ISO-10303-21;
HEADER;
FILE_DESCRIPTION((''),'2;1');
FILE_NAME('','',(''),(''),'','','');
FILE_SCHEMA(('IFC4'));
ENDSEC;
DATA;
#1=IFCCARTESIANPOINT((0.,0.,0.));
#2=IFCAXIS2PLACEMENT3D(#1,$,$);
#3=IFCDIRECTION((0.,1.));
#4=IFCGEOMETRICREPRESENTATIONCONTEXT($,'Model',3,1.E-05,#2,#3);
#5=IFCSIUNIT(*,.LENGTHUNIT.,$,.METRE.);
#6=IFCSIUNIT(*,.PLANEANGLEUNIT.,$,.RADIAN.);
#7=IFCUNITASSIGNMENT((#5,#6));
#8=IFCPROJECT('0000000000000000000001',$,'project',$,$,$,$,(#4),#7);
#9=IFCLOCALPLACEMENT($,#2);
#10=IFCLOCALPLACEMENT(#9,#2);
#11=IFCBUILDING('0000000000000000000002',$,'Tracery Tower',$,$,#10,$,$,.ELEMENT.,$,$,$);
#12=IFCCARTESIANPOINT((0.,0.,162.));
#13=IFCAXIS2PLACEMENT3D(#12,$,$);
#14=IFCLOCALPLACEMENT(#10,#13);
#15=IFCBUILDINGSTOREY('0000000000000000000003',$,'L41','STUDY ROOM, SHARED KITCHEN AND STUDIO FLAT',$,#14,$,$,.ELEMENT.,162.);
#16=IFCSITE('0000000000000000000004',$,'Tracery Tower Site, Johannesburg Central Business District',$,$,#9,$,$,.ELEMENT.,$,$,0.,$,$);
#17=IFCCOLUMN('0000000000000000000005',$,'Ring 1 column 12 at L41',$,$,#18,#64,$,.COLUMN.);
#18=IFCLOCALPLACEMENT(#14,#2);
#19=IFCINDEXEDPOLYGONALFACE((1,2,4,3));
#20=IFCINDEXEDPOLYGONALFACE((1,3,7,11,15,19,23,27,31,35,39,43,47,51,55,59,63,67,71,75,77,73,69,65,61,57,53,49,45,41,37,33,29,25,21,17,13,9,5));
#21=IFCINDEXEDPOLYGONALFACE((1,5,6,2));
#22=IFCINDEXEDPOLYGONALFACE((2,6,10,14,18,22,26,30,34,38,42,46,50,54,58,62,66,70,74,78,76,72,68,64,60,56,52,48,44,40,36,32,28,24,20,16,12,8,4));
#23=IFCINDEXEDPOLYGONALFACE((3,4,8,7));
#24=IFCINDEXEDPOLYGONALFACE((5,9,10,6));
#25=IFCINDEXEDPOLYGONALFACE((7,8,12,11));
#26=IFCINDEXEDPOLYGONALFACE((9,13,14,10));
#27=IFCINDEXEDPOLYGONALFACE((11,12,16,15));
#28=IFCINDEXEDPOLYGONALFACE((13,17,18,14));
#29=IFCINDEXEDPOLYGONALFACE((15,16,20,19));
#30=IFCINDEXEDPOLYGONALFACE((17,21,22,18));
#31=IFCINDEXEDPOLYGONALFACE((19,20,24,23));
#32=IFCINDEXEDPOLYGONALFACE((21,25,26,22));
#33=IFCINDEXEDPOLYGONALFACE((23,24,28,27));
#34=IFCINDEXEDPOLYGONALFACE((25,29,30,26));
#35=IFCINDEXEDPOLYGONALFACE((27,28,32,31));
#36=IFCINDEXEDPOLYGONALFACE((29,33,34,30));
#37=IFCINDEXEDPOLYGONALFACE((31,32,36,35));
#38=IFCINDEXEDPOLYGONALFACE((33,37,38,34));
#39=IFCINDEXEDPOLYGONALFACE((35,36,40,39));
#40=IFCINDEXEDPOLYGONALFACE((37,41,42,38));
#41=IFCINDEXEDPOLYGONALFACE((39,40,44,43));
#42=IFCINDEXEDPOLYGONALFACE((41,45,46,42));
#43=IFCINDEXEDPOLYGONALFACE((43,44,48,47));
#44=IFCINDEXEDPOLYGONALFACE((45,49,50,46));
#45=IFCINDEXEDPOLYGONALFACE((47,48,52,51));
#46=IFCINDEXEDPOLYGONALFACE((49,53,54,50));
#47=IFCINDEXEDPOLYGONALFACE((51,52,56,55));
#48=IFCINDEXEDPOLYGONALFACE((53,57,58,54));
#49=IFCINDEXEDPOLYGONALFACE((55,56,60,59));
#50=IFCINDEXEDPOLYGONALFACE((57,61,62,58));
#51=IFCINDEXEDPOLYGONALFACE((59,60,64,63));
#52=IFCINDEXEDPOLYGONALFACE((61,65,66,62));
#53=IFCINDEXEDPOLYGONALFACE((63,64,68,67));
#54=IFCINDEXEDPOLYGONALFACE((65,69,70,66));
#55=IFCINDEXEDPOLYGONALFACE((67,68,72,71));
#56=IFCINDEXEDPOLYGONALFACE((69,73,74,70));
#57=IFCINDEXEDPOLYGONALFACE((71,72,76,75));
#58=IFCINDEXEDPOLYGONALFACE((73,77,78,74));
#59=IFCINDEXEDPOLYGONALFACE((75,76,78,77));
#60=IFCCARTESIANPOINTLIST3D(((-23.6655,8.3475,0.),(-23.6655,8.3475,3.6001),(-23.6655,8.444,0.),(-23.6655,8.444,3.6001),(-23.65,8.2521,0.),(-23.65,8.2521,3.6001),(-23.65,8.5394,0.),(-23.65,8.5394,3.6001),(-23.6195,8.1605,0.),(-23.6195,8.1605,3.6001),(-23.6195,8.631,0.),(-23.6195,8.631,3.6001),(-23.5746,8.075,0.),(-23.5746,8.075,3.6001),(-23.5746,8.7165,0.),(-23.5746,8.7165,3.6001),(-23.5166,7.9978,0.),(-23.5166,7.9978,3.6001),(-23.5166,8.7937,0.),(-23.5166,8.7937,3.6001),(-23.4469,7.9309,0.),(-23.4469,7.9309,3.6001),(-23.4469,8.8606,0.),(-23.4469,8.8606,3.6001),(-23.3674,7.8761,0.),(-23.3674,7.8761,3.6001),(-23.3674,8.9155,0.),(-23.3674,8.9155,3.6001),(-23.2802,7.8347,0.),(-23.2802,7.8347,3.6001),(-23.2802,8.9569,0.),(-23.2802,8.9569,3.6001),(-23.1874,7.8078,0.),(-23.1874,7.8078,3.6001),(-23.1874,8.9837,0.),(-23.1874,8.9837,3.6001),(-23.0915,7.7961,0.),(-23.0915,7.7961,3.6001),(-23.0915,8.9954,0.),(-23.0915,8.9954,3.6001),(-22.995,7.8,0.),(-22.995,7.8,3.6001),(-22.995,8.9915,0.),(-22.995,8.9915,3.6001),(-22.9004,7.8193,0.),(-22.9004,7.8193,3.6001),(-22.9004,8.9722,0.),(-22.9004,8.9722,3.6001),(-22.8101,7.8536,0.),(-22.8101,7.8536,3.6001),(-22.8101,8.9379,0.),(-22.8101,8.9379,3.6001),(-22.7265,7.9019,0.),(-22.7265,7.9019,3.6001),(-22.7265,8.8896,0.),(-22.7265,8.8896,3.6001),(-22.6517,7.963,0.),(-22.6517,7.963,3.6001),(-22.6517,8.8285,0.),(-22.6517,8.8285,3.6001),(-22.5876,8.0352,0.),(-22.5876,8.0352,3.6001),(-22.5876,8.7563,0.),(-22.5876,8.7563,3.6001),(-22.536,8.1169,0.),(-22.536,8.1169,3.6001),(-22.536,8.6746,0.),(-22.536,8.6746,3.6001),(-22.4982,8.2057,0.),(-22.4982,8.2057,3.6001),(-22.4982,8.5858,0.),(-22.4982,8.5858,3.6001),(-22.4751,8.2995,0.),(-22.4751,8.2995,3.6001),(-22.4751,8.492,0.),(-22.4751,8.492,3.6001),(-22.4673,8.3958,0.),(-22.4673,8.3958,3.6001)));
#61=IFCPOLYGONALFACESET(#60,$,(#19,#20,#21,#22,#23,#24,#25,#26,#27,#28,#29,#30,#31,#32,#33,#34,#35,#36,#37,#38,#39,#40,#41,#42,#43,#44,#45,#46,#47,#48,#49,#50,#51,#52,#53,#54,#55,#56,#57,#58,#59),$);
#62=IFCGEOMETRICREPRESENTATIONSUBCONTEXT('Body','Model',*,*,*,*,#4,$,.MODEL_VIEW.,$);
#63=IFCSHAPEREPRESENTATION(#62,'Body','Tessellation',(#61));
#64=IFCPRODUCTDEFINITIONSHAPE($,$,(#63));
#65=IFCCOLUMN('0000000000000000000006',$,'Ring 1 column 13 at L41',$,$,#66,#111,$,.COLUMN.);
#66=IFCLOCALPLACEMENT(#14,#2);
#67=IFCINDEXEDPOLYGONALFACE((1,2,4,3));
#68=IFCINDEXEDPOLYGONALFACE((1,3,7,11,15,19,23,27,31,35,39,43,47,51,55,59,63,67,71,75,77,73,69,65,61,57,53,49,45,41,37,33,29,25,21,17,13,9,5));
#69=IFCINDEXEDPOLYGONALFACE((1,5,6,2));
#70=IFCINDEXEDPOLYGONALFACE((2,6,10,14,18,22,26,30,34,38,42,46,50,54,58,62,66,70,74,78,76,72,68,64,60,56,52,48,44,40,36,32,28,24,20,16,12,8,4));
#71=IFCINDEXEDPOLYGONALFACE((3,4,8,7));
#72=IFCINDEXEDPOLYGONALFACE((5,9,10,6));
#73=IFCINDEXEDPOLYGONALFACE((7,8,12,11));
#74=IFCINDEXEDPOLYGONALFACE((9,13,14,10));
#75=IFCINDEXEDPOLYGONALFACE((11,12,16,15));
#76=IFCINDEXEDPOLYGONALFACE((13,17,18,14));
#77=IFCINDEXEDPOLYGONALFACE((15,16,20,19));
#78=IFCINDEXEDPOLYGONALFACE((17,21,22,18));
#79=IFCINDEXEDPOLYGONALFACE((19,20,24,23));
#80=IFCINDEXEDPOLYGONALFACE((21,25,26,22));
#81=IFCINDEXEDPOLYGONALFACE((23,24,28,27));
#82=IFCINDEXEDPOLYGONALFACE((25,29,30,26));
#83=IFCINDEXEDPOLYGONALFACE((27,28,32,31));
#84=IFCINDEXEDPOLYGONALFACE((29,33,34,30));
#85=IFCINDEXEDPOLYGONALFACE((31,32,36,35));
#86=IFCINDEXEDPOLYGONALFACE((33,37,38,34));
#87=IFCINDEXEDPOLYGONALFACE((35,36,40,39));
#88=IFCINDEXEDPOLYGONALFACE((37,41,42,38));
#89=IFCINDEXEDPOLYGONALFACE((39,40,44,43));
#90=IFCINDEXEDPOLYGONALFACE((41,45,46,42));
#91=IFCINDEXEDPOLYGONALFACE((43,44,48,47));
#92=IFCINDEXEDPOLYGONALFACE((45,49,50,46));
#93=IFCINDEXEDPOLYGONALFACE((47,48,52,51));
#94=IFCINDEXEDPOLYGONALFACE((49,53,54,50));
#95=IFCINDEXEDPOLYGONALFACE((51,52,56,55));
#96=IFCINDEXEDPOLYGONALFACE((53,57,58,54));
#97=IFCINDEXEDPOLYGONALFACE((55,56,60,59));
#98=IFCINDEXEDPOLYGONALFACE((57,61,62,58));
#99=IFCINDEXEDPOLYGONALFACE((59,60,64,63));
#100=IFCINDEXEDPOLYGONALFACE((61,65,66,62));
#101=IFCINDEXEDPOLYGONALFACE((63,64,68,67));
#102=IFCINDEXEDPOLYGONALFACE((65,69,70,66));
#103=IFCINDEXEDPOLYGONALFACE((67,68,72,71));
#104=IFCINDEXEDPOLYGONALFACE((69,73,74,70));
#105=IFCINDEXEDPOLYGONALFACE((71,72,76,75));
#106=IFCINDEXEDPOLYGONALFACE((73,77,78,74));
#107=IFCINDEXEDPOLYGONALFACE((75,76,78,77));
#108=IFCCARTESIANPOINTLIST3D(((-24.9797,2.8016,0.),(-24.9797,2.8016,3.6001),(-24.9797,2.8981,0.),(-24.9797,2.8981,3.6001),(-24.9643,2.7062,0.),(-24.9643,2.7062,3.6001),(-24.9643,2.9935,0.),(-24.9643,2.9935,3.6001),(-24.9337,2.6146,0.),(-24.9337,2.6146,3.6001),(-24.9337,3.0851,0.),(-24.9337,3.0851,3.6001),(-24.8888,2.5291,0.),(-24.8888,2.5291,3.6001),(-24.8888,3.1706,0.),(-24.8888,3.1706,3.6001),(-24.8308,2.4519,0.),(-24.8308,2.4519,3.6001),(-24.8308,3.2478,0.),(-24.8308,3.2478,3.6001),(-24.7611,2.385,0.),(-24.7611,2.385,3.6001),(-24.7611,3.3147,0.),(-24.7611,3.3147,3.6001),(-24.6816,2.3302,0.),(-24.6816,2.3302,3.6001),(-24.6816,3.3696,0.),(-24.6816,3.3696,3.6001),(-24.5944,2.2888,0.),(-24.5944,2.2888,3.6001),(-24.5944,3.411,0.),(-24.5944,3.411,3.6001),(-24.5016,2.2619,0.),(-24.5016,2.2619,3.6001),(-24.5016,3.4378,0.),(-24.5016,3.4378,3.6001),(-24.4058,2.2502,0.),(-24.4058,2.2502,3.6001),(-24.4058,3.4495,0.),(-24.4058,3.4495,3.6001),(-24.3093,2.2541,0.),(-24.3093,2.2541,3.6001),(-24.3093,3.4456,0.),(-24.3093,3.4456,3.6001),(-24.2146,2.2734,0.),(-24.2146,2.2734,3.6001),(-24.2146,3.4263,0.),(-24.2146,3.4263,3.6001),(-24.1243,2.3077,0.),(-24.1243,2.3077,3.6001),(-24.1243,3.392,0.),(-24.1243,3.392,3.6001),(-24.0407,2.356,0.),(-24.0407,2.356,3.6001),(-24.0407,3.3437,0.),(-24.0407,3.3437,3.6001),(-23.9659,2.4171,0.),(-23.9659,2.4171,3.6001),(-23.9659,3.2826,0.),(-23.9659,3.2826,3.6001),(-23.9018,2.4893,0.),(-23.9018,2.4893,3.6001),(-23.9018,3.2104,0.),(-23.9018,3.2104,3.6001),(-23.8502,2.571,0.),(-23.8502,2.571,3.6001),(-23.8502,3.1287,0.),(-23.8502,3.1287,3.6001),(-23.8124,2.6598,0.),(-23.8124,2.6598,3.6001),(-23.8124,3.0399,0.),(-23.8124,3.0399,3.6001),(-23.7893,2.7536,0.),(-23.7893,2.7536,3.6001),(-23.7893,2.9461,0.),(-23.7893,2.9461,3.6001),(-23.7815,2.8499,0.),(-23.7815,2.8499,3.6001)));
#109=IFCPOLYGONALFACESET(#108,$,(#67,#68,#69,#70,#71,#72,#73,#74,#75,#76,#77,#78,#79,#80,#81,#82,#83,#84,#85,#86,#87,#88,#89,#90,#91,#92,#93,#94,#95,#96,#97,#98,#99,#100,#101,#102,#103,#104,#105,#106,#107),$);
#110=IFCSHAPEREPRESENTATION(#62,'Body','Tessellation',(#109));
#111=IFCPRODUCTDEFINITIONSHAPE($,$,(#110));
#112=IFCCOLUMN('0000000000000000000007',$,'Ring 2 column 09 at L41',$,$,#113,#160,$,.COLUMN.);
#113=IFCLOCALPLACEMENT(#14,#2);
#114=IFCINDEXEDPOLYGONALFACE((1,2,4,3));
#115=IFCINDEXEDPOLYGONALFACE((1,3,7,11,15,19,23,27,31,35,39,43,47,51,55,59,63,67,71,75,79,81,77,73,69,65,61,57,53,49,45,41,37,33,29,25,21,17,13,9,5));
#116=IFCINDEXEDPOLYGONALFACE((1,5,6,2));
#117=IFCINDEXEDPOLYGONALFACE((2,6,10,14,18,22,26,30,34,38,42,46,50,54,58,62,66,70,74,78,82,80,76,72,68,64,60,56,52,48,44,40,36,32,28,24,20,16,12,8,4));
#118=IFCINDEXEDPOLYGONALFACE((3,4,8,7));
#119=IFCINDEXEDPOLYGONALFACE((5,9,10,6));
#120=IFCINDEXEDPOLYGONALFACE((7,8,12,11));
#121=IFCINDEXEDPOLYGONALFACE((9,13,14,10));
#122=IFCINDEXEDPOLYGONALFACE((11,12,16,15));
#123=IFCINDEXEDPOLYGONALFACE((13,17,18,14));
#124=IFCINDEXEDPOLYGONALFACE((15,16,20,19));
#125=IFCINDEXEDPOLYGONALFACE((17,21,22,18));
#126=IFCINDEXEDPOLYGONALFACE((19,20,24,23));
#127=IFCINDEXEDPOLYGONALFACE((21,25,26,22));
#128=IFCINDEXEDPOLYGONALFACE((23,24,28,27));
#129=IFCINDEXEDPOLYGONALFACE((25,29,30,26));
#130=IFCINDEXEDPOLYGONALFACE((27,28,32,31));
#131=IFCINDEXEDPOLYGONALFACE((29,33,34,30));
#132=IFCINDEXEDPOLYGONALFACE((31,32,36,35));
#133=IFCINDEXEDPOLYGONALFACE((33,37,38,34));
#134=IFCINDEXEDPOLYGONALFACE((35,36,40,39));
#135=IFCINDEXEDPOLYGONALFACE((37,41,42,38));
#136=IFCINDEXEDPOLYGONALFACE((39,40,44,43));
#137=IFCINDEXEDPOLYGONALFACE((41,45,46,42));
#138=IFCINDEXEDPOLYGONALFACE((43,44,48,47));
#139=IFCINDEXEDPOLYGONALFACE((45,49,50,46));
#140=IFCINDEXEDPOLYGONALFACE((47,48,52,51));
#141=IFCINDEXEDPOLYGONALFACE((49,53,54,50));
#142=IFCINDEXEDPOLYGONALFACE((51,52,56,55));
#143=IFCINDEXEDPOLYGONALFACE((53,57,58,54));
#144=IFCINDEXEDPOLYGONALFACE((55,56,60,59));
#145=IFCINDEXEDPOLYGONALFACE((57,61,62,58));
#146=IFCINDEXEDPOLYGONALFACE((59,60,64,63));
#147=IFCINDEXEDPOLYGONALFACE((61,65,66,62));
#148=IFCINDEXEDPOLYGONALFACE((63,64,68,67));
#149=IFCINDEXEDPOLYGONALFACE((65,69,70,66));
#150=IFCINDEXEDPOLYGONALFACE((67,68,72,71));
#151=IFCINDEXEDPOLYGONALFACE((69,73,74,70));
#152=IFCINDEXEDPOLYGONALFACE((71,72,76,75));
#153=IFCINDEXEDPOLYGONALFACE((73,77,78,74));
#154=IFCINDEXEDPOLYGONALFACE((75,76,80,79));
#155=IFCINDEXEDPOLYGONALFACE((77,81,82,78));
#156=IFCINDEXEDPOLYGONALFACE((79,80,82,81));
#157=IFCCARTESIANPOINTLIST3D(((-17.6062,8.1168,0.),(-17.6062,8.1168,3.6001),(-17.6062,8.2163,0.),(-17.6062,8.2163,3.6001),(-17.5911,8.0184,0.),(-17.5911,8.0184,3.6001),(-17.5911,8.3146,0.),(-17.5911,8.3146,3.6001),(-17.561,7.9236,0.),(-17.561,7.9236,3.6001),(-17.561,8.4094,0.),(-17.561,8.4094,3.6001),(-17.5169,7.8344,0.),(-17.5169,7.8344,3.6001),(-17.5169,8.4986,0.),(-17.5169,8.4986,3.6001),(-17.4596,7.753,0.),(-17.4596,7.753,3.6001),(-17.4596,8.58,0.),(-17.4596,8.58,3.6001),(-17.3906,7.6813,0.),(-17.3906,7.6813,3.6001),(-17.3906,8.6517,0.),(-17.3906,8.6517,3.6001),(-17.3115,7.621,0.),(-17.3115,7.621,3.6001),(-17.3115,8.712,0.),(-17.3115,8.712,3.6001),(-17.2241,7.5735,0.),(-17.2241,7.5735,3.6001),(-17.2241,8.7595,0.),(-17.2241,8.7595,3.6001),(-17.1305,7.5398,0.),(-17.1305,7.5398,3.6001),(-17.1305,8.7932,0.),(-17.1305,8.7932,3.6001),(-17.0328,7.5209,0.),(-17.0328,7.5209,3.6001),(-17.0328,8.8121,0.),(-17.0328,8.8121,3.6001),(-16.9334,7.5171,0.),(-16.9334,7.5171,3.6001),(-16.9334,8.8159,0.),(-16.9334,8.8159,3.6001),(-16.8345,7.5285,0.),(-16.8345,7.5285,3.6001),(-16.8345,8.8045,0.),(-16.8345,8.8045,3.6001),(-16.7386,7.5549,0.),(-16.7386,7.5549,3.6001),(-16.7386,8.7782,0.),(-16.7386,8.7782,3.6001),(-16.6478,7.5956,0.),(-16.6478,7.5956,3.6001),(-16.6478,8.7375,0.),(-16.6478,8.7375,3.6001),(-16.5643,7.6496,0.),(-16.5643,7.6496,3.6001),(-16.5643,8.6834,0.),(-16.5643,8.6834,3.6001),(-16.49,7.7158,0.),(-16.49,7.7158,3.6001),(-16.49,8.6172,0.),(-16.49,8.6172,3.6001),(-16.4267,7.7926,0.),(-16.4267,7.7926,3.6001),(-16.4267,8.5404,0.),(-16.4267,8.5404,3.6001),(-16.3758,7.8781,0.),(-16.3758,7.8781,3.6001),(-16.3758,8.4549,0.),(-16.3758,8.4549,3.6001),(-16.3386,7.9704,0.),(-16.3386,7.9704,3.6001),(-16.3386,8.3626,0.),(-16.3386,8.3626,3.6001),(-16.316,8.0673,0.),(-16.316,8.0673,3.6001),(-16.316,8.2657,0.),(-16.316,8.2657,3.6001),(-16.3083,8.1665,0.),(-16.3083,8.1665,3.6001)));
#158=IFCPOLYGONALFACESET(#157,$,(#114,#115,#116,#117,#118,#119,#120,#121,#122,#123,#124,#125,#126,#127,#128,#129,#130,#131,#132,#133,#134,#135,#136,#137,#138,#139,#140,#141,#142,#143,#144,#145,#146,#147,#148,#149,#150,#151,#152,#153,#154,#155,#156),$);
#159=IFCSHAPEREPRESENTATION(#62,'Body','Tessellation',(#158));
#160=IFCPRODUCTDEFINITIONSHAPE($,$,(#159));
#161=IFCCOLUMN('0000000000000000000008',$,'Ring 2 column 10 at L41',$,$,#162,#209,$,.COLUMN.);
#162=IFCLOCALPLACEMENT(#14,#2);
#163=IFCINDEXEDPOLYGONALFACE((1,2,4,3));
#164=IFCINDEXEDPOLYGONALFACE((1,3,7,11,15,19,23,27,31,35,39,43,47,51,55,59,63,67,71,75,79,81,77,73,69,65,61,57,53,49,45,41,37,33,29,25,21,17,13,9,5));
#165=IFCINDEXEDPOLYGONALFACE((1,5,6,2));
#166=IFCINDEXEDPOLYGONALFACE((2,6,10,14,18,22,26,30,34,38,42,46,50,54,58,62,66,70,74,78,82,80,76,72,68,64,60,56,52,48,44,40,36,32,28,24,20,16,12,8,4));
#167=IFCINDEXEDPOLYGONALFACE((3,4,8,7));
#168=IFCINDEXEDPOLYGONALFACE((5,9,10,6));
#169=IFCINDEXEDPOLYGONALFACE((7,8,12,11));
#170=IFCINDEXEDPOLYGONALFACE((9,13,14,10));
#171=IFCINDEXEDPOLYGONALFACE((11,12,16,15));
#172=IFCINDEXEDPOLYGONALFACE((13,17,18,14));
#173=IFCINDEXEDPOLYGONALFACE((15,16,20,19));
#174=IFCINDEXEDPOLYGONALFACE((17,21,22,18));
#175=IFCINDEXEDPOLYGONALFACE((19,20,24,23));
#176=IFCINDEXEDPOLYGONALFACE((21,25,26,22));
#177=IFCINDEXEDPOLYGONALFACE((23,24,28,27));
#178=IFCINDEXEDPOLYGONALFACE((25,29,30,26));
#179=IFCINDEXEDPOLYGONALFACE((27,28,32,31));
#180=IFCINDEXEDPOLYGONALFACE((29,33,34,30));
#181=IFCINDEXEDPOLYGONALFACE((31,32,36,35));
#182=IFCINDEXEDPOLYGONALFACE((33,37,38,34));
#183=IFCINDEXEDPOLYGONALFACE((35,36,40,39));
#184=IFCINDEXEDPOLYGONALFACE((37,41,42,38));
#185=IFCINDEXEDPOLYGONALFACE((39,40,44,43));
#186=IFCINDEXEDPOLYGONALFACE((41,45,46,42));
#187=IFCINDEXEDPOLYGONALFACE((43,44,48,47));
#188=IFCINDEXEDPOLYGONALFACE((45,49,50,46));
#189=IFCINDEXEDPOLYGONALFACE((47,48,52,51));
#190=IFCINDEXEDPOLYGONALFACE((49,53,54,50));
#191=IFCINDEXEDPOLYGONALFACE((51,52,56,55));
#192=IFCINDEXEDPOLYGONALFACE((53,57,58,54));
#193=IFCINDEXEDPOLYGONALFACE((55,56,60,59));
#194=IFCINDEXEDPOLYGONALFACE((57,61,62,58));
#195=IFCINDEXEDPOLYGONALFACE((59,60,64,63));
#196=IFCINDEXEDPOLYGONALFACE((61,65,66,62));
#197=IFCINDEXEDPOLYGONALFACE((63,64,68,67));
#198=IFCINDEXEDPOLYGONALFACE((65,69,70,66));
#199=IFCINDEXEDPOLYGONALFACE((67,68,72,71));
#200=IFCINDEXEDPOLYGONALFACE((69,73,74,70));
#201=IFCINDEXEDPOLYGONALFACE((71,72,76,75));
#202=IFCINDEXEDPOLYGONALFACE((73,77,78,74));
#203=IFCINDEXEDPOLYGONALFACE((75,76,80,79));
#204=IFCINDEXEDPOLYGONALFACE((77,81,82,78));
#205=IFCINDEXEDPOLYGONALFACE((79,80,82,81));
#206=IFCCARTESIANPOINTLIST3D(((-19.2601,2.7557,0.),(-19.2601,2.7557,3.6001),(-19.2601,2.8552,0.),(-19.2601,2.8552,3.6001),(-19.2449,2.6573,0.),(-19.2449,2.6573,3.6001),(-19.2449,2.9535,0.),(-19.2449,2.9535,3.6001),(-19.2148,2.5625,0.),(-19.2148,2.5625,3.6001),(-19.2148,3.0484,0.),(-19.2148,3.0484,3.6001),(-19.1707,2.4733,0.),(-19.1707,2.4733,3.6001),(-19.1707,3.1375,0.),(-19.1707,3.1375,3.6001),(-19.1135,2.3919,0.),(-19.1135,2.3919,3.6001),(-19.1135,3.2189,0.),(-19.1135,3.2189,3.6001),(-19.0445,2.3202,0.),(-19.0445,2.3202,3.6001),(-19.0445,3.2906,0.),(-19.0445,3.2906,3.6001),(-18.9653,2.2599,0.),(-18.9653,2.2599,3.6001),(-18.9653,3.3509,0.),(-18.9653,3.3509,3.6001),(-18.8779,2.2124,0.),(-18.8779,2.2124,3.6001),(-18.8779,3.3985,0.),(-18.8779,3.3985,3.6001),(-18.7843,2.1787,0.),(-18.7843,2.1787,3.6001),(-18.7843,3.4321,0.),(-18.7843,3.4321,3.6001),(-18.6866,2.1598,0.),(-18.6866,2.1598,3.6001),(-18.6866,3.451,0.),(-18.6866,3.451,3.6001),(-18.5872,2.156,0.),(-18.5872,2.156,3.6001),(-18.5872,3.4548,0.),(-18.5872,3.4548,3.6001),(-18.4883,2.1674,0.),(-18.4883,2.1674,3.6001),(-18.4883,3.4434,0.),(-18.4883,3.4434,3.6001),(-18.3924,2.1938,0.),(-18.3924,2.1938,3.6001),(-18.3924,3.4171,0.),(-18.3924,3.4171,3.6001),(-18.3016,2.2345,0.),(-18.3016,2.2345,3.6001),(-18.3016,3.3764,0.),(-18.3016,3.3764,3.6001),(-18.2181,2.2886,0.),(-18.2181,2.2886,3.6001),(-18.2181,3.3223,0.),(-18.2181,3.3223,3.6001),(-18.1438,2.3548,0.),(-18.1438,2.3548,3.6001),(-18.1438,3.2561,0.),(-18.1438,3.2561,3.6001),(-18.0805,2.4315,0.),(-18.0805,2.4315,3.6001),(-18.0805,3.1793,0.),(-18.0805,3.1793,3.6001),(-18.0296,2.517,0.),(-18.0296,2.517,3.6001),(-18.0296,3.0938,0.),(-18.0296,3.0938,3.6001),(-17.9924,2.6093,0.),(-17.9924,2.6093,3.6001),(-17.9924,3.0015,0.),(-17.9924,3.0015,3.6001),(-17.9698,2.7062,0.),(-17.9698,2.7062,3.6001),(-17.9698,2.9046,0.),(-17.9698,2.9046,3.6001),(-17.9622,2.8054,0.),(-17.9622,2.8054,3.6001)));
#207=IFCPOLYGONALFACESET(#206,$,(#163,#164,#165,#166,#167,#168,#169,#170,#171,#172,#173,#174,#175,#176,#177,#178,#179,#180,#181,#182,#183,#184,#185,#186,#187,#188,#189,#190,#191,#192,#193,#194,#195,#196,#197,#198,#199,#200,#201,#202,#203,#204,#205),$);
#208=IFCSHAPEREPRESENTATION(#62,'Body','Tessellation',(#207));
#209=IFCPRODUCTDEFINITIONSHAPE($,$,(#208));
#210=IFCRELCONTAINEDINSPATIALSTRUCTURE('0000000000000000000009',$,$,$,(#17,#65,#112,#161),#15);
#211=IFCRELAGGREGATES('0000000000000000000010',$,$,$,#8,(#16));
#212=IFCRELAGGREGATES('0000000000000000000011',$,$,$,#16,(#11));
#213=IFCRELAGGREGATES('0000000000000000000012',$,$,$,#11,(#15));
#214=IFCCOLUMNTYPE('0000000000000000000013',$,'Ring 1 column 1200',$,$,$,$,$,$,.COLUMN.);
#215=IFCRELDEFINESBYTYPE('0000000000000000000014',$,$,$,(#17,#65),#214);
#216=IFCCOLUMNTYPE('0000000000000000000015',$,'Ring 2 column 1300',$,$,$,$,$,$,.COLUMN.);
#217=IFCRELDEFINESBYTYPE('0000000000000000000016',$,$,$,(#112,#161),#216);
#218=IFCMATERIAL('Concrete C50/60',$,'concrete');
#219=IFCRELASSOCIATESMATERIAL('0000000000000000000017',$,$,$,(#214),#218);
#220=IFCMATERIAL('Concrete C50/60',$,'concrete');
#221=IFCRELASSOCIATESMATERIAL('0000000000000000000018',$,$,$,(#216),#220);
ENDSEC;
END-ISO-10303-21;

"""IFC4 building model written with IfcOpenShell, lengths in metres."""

from ifc_helpers import new_model, si_unit, direction, frame, origin, origin_2d, place, context, subcontext, project, spatial, circle, extrude, material, material_profile, profile_set, type_object, element, save


model = new_model("IFC4")

# Units and contexts
model_context = context("Model", 3, precision=1e-05, world=origin(), true_north=direction((0.0, 1.0)))
body_context = subcontext(model_context, "Body", "Model", "MODEL_VIEW")
ifc_project = project(units=[si_unit("LENGTHUNIT", "METRE"), si_unit("PLANEANGLEUNIT", "RADIAN")], contexts=[model_context])

# Site, building, storey
site_placement = place(None, origin())
site = spatial("IfcSite", under=ifc_project, at=site_placement, Name="Tracery Tower Site, Johannesburg Central Business District", CompositionType="ELEMENT", RefElevation=0.0)
building_placement = place(site_placement, origin())
building = spatial("IfcBuilding", under=site, at=building_placement, Name="Tracery Tower", CompositionType="ELEMENT")
storey_placement = place(building_placement, frame((0.0, 0.0, 162.0)))
storey = spatial("IfcBuildingStorey", under=building, at=storey_placement, Name="L41", Description="STUDY ROOM, SHARED KITCHEN AND STUDIO FLAT", CompositionType="ELEMENT", Elevation=162.0)

# Columns
ifc_material_1 = material(Name="Concrete C50/60", Category="concrete")
ifc_material_profile_1 = material_profile(ifc_material_1, circle(Radius=0.6001, at=origin_2d()), Name="RC D1200")
ifc_profile_set_1 = profile_set([ifc_material_profile_1], Name="Concrete C50/60")
column_type_1 = type_object("IfcColumnType", Name="Ring 1 column 1200", PredefinedType="COLUMN", material=ifc_profile_set_1)
for number, where, z_axis, x_axis, name in (
    (1, (-23.0674, 8.3958, 0.0), (0.0, 0.0, 1.0), (1.0, 0.0, 0.0), "Ring 1 column 12 at L41"),
    (2, (-24.3816, 2.8499, 0.0), (0.0, 0.0, 1.0), (1.0, 0.0, 0.0), "Ring 1 column 13 at L41"),
):
    element("IfcColumn", number, at=place(storey_placement, frame(where, z_axis=z_axis, x_axis=x_axis)), inside=storey, type_object=column_type_1, Name=name, PredefinedType="COLUMN", context=body_context, shape_type="SweptSolid", body=[
        extrude(circle(Radius=0.6001, at=origin_2d()), origin(), (0.0, 0.0, 1.0), 3.6001),
    ])
ifc_material_2 = material(Name="Concrete C50/60", Category="concrete")
ifc_material_profile_2 = material_profile(ifc_material_2, circle(Radius=0.6499, at=origin_2d()), Name="RC D1300")
ifc_profile_set_2 = profile_set([ifc_material_profile_2], Name="Concrete C50/60")
column_type_2 = type_object("IfcColumnType", Name="Ring 2 column 1300", PredefinedType="COLUMN", material=ifc_profile_set_2)
for number, where, z_axis, x_axis, name in (
    (3, (-16.9583, 8.1665, 0.0), (0.0, 0.0, 1.0), (1.0, 0.0, 0.0), "Ring 2 column 09 at L41"),
    (4, (-18.6121, 2.8054, 0.0), (0.0, 0.0, 1.0), (1.0, 0.0, 0.0), "Ring 2 column 10 at L41"),
):
    element("IfcColumn", number, at=place(storey_placement, frame(where, z_axis=z_axis, x_axis=x_axis)), inside=storey, type_object=column_type_2, Name=name, PredefinedType="COLUMN", context=body_context, shape_type="SweptSolid", body=[
        extrude(circle(Radius=0.6499, at=origin_2d()), origin(), (0.0, 0.0, 1.0), 3.6001),
    ])

save(model, "model.ifc")
